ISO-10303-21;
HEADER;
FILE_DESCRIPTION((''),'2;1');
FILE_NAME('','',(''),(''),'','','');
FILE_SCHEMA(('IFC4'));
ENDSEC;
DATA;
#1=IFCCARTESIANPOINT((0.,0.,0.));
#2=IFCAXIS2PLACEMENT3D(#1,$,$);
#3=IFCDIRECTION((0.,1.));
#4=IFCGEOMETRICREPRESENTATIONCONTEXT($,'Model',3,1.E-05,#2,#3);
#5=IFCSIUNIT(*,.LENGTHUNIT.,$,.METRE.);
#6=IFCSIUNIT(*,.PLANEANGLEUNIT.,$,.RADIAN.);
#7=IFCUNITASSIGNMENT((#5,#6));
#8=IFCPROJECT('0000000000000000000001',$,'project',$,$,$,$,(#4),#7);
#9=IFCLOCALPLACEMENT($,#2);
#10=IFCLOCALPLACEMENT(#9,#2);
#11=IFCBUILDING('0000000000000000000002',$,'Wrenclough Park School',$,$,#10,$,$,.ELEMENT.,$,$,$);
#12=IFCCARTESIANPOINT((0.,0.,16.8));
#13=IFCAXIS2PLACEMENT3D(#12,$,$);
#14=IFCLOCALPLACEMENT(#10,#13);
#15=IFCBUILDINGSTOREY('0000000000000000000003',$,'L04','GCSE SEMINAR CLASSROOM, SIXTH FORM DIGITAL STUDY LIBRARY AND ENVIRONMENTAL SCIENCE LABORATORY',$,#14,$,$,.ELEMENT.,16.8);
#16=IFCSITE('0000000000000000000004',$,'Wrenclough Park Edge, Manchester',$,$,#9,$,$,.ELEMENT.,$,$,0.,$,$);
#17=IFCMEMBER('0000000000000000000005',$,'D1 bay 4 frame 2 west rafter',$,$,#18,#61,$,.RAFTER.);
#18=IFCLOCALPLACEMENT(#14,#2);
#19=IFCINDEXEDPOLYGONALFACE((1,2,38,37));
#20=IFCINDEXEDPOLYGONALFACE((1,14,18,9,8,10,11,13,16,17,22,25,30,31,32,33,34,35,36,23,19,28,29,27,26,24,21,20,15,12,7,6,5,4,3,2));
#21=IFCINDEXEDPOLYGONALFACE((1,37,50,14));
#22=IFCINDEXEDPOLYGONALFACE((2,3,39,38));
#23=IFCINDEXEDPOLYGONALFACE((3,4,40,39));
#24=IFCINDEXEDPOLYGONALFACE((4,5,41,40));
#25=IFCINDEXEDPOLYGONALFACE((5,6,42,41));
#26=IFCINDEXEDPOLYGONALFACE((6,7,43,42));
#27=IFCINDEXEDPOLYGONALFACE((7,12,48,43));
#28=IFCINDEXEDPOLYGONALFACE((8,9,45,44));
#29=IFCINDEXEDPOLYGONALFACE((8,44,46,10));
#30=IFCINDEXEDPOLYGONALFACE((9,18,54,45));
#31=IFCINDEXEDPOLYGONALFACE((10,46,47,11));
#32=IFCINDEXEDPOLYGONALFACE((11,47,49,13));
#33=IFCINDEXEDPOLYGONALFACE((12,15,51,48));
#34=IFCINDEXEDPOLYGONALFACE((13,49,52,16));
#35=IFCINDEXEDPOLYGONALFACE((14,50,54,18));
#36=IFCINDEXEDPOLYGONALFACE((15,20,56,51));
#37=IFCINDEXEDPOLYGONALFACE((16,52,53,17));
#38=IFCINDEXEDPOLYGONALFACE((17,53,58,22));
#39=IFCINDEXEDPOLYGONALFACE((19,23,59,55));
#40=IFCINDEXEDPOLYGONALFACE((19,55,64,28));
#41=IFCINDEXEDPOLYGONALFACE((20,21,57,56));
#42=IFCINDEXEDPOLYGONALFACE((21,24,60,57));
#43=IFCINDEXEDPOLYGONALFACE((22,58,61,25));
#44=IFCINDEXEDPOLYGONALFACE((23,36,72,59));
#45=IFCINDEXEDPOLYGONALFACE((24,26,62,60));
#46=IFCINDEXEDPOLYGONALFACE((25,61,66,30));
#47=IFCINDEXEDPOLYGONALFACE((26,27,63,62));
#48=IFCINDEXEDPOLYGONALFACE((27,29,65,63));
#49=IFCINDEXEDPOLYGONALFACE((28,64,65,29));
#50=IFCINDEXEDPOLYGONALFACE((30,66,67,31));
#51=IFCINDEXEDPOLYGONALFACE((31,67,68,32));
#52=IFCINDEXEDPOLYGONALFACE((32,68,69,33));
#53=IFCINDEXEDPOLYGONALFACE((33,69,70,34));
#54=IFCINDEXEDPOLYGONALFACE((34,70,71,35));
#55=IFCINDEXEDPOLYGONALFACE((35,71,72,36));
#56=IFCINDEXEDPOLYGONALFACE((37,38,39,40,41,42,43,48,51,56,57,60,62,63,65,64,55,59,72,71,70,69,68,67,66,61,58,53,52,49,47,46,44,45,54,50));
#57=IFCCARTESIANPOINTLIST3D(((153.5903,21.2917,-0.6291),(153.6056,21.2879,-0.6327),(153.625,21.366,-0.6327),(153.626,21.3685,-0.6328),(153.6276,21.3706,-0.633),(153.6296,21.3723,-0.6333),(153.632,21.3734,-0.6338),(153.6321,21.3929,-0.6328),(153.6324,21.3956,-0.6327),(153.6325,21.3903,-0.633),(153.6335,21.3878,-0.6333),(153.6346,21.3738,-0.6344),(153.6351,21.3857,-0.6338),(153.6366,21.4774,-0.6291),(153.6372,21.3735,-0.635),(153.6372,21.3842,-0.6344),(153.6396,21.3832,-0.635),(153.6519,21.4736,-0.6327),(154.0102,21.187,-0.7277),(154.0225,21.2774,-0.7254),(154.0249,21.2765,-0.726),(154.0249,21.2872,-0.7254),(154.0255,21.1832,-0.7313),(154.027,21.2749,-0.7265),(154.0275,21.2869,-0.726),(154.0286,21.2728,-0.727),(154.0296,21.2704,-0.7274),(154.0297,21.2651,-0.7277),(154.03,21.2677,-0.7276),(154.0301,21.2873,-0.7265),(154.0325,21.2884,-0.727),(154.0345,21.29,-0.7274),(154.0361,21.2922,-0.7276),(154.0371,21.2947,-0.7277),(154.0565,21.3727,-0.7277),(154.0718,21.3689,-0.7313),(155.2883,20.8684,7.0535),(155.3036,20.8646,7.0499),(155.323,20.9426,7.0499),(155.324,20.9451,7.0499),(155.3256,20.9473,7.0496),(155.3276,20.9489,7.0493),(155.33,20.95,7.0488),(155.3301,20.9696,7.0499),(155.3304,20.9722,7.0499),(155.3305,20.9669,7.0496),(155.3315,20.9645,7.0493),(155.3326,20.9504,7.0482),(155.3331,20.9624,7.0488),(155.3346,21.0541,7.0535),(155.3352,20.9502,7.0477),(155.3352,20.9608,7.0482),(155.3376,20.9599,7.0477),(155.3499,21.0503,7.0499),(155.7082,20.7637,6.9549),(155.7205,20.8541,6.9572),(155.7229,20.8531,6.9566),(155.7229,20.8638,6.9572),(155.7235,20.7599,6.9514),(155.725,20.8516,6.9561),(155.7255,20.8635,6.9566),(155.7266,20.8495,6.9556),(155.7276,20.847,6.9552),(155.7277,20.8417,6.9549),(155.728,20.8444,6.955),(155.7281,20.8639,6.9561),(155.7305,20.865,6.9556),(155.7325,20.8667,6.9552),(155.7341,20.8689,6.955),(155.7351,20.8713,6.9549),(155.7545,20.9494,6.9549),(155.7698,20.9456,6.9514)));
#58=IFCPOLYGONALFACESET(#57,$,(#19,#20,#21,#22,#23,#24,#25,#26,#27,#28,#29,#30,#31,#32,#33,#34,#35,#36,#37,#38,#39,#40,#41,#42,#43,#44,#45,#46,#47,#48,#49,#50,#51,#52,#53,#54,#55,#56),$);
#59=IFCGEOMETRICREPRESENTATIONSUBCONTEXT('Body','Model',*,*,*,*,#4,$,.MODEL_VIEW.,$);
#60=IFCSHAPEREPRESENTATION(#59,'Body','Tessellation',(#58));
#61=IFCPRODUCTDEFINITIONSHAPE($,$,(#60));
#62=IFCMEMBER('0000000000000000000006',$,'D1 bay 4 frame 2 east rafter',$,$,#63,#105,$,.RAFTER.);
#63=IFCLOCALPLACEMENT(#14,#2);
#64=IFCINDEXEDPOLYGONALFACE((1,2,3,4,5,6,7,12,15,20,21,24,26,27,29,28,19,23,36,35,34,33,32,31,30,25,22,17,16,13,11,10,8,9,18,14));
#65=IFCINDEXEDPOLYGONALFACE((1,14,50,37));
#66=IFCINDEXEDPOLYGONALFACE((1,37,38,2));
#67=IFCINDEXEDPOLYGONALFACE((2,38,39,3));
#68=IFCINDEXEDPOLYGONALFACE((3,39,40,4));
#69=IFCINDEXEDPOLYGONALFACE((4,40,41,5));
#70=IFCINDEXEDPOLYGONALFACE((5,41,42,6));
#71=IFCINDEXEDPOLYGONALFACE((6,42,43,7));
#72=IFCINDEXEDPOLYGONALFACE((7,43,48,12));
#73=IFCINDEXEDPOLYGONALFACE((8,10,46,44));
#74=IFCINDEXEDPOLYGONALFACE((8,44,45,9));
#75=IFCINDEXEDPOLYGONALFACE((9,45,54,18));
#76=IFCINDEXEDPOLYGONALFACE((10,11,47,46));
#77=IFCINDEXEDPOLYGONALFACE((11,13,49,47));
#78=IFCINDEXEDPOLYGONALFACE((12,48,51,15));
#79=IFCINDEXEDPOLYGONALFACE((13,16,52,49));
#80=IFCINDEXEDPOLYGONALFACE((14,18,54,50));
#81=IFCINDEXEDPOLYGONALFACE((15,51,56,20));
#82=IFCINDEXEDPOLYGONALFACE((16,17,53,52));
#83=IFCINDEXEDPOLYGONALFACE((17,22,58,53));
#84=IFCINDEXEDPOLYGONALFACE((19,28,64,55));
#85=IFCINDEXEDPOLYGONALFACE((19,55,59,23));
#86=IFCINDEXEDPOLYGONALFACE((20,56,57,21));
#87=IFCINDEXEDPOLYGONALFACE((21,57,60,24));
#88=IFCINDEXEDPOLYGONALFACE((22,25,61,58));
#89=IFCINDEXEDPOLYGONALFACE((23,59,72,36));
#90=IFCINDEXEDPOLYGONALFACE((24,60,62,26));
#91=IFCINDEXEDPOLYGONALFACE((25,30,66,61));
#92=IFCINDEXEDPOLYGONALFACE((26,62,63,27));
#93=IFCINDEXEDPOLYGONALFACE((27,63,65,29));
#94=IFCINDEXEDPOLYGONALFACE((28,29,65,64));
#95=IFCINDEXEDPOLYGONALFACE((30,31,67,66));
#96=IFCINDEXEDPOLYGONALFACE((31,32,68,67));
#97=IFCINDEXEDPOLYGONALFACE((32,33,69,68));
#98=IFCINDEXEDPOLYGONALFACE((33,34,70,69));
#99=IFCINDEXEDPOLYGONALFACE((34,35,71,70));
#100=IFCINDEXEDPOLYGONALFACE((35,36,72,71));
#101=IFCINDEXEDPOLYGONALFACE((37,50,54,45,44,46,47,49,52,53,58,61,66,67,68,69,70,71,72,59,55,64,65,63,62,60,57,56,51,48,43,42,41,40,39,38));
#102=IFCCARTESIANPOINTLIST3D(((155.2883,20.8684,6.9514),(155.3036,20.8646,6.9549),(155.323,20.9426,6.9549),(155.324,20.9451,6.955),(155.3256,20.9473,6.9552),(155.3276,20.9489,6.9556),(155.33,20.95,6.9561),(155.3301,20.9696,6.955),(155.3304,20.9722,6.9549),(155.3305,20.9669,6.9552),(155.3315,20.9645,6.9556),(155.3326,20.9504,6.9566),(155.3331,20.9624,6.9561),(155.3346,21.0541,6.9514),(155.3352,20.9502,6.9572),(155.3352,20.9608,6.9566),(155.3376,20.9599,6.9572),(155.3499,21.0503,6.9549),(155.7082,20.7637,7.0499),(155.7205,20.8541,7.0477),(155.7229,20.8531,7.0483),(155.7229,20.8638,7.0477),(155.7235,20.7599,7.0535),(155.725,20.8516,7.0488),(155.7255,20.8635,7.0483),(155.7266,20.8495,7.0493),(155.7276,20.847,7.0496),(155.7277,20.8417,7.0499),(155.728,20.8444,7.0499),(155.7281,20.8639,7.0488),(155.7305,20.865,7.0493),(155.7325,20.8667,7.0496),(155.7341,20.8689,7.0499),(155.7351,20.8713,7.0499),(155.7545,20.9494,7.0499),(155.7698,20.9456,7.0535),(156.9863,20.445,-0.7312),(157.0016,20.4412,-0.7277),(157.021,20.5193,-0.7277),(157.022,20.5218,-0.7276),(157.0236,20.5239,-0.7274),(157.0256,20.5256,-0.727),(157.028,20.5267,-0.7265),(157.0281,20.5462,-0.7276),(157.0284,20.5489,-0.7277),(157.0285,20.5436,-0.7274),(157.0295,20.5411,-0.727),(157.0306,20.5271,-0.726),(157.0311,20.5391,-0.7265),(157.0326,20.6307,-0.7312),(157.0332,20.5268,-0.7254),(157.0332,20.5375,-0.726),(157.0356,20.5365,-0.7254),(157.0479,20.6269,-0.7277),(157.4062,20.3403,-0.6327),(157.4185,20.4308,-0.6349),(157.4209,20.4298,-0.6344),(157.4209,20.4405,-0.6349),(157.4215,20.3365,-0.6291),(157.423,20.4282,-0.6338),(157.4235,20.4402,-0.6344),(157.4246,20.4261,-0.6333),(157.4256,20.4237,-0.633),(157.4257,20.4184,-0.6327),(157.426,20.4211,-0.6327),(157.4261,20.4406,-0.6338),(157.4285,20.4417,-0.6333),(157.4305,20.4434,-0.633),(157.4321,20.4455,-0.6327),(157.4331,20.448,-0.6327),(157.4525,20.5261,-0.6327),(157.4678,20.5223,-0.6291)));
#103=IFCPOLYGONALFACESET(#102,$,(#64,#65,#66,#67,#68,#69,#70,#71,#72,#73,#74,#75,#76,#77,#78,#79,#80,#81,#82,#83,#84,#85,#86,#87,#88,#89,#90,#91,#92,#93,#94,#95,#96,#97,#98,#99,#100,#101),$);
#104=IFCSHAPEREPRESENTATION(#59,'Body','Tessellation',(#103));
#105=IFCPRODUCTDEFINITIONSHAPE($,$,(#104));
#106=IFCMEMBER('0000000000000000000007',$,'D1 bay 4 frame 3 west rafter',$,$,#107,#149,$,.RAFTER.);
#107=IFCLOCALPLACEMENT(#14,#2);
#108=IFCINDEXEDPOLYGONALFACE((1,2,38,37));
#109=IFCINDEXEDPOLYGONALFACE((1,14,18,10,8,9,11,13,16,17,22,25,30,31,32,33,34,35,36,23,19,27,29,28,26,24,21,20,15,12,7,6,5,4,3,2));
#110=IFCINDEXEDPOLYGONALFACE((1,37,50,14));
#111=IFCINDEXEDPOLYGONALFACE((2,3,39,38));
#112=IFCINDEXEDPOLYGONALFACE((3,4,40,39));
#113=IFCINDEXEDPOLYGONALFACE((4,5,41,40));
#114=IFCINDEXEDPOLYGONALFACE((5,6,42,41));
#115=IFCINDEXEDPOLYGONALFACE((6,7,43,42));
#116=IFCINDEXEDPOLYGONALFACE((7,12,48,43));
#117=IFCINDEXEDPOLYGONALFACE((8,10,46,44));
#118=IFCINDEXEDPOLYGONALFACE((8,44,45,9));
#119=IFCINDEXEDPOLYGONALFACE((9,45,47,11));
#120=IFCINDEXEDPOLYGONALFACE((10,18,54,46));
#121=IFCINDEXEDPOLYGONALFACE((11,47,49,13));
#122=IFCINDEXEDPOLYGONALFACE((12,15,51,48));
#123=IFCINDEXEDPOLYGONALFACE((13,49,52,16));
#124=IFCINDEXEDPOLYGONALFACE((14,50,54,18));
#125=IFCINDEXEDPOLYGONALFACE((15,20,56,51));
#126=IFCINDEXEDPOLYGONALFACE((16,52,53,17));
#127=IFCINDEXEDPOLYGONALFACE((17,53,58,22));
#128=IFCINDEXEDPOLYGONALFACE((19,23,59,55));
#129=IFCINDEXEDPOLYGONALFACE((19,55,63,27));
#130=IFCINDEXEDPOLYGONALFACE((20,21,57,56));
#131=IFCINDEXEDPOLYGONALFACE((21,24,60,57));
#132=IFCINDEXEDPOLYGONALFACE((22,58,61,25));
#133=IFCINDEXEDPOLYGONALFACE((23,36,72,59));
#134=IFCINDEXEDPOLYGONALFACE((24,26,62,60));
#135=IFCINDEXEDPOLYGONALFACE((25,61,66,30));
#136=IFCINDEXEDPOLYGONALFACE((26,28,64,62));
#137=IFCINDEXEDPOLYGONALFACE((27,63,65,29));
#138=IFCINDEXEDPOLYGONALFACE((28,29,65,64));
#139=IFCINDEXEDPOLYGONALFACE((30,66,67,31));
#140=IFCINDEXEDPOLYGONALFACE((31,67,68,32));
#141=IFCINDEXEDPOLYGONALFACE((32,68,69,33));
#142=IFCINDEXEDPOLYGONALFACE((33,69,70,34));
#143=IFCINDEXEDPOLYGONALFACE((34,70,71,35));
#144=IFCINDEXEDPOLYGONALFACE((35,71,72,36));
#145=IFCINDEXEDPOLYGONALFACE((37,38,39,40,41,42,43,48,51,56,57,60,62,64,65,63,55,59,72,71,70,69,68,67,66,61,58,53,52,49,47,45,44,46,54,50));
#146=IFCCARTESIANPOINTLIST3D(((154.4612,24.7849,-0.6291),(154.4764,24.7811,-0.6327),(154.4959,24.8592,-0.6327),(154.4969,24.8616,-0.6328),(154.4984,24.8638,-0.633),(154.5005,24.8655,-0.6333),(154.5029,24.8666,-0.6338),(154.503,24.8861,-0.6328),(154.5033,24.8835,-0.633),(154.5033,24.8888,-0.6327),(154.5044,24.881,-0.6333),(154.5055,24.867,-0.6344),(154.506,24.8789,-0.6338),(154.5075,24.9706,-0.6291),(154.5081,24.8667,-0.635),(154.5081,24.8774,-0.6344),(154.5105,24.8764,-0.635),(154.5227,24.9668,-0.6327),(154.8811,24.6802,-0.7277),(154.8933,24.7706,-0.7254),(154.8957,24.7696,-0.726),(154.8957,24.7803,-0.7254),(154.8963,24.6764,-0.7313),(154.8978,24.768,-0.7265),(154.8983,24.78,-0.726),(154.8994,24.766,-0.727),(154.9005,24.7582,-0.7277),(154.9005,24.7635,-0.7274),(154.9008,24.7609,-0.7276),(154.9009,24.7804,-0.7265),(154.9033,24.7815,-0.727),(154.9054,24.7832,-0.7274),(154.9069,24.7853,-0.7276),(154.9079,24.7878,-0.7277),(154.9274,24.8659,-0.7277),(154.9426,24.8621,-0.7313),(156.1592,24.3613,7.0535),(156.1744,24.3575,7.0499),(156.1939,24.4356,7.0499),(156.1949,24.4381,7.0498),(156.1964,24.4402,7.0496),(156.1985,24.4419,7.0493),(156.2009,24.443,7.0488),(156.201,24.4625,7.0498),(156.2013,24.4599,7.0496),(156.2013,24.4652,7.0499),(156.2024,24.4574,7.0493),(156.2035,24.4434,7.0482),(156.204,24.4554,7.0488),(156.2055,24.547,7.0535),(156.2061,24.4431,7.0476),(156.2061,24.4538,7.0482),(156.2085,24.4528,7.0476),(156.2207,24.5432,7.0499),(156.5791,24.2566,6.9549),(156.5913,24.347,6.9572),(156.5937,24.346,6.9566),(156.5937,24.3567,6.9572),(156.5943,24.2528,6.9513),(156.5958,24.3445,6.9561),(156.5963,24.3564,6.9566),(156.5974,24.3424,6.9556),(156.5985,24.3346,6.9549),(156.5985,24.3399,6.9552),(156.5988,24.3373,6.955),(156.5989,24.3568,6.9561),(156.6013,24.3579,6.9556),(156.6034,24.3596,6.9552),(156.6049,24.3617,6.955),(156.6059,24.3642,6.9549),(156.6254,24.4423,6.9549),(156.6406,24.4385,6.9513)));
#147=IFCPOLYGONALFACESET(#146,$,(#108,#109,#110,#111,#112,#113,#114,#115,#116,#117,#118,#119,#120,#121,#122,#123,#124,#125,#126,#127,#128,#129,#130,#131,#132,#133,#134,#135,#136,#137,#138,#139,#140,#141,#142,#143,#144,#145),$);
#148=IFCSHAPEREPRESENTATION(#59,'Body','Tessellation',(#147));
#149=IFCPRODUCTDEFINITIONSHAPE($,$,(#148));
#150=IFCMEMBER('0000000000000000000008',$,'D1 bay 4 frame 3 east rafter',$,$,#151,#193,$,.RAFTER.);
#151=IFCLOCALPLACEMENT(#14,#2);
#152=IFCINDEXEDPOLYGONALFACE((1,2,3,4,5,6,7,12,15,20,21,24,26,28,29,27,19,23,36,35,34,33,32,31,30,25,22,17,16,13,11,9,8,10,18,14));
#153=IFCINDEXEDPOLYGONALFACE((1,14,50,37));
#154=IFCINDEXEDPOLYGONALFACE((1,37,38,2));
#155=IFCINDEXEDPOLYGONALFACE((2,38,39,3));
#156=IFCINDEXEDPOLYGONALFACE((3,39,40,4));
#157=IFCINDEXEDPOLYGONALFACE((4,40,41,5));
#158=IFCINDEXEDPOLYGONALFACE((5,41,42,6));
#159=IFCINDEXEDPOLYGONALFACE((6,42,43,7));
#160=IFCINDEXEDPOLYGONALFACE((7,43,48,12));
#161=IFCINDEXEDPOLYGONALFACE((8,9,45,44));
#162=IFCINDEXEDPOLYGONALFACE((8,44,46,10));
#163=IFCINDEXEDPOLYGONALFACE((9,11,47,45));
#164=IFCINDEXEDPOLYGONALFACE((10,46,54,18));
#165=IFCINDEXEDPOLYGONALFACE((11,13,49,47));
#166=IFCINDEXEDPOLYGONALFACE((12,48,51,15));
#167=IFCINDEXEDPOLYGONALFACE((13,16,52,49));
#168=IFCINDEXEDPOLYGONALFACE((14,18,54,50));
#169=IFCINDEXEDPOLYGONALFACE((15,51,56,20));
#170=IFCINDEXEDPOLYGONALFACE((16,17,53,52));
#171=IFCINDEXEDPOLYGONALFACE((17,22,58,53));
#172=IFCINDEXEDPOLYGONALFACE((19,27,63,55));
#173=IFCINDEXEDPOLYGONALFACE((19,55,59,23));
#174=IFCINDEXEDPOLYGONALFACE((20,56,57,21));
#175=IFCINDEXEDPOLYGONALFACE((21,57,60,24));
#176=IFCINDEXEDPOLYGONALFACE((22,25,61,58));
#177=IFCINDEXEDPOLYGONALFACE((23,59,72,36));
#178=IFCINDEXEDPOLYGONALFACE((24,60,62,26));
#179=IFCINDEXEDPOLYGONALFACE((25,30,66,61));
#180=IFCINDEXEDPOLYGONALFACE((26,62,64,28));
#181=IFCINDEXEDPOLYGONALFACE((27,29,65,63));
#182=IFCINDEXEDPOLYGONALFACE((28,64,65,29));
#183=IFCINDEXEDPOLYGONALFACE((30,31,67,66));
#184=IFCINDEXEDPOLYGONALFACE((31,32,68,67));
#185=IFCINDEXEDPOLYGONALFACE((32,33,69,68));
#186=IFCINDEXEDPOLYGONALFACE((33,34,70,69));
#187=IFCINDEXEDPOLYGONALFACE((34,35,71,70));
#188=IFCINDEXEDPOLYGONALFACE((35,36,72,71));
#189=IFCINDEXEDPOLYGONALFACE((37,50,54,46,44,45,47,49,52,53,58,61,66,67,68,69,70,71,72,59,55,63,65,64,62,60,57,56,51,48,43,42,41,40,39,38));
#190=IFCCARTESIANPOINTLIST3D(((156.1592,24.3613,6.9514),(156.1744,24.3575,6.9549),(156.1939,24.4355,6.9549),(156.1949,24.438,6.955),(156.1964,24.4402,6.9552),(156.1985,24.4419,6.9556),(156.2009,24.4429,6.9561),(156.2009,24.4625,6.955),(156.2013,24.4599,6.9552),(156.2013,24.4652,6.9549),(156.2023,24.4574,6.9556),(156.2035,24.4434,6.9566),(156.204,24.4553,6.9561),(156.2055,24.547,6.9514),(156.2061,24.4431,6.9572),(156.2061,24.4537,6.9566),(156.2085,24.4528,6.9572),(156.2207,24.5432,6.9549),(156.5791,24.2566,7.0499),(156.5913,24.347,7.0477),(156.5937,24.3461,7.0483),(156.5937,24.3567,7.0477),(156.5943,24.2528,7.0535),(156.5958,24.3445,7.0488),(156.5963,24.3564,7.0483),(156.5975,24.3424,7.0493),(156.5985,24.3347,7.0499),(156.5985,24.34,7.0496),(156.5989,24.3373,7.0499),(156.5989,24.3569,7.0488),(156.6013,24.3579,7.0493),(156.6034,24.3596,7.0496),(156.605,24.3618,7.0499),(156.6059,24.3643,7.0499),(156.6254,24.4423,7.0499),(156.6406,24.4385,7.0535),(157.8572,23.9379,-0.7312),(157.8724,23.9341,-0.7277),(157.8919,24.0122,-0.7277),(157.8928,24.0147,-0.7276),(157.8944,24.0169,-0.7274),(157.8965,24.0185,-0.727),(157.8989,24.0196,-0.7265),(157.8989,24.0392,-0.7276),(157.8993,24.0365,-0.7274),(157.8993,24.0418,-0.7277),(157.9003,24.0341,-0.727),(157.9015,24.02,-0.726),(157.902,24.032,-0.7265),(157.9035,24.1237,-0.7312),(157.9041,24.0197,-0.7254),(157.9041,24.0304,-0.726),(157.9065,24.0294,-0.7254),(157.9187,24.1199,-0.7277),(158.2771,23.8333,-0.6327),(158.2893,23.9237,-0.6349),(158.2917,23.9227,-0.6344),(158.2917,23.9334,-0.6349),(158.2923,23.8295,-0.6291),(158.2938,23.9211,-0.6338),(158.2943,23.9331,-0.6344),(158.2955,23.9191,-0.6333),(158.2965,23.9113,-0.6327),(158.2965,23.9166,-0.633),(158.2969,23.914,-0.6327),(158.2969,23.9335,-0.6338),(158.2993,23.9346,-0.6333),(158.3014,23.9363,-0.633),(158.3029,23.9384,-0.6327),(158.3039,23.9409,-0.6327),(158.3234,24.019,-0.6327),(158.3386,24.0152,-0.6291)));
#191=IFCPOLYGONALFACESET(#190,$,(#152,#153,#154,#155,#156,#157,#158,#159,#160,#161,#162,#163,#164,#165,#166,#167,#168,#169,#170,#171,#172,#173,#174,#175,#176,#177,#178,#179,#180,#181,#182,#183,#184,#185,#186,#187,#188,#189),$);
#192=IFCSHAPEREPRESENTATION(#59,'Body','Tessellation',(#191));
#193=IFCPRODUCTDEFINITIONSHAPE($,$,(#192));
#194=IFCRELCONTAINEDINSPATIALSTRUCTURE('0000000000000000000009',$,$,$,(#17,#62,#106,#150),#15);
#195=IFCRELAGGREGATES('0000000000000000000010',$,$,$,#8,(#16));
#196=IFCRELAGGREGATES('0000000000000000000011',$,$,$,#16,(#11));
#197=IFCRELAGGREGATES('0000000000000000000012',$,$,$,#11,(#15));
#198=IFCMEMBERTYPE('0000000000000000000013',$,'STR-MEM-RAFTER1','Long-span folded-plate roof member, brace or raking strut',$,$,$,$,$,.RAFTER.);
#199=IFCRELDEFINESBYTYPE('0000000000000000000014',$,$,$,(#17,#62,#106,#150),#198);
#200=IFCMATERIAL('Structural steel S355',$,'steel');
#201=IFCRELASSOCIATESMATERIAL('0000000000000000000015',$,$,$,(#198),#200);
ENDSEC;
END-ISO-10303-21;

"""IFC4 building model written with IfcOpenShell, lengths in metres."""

from ifc_helpers import new_model, si_unit, direction, frame, origin, origin_2d, place, context, subcontext, project, spatial, i_section, extrude, material, material_profile, profile_set, type_object, element, save


model = new_model("IFC4")

# Units and contexts
model_context = context("Model", 3, precision=1e-05, world=origin(), true_north=direction((0.0, 1.0)))
body_context = subcontext(model_context, "Body", "Model", "MODEL_VIEW")
ifc_project = project(units=[si_unit("LENGTHUNIT", "METRE"), si_unit("PLANEANGLEUNIT", "RADIAN")], contexts=[model_context])

# Site, building, storey
site_placement = place(None, origin())
site = spatial("IfcSite", under=ifc_project, at=site_placement, Name="Wrenclough Park Edge, Manchester", CompositionType="ELEMENT", RefElevation=0.0)
building_placement = place(site_placement, origin())
building = spatial("IfcBuilding", under=site, at=building_placement, Name="Wrenclough Park School", CompositionType="ELEMENT")
storey_placement = place(building_placement, frame((0.0, 0.0, 16.8)))
storey = spatial("IfcBuildingStorey", under=building, at=storey_placement, Name="L04", Description="GCSE SEMINAR CLASSROOM, SIXTH FORM DIGITAL STUDY LIBRARY AND ENVIRONMENTAL SCIENCE LABORATORY", CompositionType="ELEMENT", Elevation=16.8)

# Members
ifc_material = material(Name="Structural steel S355", Category="steel")
ifc_material_profile_1 = material_profile(ifc_material, i_section(OverallWidth=0.1914, OverallDepth=0.46, WebThickness=0.01, FlangeThickness=0.0161, FilletRadius=0.0103, at=origin_2d()), Name="UKB 457x191x82")
ifc_profile_set_1 = profile_set([ifc_material_profile_1], Name="Structural steel S355")
member_type_1 = type_object("IfcMemberType", Name="STR-MEM-RAFTER1", Description="Long-span folded-plate roof member, brace or raking strut", PredefinedType="RAFTER", material=ifc_profile_set_1)
for number, where, z_axis, x_axis, name in (
    (1, (153.8311, 21.3303, -0.6802), (0.215498, -0.053727, 0.975025), (0.241912, 0.970298, 0.0), "D1 bay 4 frame 2 west rafter"),
    (2, (155.5291, 20.907, 7.0024), (0.215498, -0.053727, -0.975025), (0.241912, 0.970298, 0.0), "D1 bay 4 frame 2 east rafter"),
    (3, (154.7019, 24.8235, -0.6802), (0.215498, -0.053758, 0.975023), (0.242043, 0.970265, 0.0), "D1 bay 4 frame 3 west rafter"),
    (4, (156.3999, 24.3999, 7.0024), (0.215498, -0.053727, -0.975025), (0.241912, 0.970298, 0.0), "D1 bay 4 frame 3 east rafter"),
):
    element("IfcMember", number, at=place(storey_placement, frame(where, z_axis=z_axis, x_axis=x_axis)), inside=storey, type_object=member_type_1, Name=name, PredefinedType="RAFTER", context=body_context, shape_type="SweptSolid", body=[
        extrude(i_section(OverallWidth=0.1914, OverallDepth=0.46, WebThickness=0.01, FlangeThickness=0.0161, FilletRadius=0.0103, at=origin_2d()), origin(), (0.0, 0.0, 1.0), 7.8794),
    ])

save(model, "model.ifc")
